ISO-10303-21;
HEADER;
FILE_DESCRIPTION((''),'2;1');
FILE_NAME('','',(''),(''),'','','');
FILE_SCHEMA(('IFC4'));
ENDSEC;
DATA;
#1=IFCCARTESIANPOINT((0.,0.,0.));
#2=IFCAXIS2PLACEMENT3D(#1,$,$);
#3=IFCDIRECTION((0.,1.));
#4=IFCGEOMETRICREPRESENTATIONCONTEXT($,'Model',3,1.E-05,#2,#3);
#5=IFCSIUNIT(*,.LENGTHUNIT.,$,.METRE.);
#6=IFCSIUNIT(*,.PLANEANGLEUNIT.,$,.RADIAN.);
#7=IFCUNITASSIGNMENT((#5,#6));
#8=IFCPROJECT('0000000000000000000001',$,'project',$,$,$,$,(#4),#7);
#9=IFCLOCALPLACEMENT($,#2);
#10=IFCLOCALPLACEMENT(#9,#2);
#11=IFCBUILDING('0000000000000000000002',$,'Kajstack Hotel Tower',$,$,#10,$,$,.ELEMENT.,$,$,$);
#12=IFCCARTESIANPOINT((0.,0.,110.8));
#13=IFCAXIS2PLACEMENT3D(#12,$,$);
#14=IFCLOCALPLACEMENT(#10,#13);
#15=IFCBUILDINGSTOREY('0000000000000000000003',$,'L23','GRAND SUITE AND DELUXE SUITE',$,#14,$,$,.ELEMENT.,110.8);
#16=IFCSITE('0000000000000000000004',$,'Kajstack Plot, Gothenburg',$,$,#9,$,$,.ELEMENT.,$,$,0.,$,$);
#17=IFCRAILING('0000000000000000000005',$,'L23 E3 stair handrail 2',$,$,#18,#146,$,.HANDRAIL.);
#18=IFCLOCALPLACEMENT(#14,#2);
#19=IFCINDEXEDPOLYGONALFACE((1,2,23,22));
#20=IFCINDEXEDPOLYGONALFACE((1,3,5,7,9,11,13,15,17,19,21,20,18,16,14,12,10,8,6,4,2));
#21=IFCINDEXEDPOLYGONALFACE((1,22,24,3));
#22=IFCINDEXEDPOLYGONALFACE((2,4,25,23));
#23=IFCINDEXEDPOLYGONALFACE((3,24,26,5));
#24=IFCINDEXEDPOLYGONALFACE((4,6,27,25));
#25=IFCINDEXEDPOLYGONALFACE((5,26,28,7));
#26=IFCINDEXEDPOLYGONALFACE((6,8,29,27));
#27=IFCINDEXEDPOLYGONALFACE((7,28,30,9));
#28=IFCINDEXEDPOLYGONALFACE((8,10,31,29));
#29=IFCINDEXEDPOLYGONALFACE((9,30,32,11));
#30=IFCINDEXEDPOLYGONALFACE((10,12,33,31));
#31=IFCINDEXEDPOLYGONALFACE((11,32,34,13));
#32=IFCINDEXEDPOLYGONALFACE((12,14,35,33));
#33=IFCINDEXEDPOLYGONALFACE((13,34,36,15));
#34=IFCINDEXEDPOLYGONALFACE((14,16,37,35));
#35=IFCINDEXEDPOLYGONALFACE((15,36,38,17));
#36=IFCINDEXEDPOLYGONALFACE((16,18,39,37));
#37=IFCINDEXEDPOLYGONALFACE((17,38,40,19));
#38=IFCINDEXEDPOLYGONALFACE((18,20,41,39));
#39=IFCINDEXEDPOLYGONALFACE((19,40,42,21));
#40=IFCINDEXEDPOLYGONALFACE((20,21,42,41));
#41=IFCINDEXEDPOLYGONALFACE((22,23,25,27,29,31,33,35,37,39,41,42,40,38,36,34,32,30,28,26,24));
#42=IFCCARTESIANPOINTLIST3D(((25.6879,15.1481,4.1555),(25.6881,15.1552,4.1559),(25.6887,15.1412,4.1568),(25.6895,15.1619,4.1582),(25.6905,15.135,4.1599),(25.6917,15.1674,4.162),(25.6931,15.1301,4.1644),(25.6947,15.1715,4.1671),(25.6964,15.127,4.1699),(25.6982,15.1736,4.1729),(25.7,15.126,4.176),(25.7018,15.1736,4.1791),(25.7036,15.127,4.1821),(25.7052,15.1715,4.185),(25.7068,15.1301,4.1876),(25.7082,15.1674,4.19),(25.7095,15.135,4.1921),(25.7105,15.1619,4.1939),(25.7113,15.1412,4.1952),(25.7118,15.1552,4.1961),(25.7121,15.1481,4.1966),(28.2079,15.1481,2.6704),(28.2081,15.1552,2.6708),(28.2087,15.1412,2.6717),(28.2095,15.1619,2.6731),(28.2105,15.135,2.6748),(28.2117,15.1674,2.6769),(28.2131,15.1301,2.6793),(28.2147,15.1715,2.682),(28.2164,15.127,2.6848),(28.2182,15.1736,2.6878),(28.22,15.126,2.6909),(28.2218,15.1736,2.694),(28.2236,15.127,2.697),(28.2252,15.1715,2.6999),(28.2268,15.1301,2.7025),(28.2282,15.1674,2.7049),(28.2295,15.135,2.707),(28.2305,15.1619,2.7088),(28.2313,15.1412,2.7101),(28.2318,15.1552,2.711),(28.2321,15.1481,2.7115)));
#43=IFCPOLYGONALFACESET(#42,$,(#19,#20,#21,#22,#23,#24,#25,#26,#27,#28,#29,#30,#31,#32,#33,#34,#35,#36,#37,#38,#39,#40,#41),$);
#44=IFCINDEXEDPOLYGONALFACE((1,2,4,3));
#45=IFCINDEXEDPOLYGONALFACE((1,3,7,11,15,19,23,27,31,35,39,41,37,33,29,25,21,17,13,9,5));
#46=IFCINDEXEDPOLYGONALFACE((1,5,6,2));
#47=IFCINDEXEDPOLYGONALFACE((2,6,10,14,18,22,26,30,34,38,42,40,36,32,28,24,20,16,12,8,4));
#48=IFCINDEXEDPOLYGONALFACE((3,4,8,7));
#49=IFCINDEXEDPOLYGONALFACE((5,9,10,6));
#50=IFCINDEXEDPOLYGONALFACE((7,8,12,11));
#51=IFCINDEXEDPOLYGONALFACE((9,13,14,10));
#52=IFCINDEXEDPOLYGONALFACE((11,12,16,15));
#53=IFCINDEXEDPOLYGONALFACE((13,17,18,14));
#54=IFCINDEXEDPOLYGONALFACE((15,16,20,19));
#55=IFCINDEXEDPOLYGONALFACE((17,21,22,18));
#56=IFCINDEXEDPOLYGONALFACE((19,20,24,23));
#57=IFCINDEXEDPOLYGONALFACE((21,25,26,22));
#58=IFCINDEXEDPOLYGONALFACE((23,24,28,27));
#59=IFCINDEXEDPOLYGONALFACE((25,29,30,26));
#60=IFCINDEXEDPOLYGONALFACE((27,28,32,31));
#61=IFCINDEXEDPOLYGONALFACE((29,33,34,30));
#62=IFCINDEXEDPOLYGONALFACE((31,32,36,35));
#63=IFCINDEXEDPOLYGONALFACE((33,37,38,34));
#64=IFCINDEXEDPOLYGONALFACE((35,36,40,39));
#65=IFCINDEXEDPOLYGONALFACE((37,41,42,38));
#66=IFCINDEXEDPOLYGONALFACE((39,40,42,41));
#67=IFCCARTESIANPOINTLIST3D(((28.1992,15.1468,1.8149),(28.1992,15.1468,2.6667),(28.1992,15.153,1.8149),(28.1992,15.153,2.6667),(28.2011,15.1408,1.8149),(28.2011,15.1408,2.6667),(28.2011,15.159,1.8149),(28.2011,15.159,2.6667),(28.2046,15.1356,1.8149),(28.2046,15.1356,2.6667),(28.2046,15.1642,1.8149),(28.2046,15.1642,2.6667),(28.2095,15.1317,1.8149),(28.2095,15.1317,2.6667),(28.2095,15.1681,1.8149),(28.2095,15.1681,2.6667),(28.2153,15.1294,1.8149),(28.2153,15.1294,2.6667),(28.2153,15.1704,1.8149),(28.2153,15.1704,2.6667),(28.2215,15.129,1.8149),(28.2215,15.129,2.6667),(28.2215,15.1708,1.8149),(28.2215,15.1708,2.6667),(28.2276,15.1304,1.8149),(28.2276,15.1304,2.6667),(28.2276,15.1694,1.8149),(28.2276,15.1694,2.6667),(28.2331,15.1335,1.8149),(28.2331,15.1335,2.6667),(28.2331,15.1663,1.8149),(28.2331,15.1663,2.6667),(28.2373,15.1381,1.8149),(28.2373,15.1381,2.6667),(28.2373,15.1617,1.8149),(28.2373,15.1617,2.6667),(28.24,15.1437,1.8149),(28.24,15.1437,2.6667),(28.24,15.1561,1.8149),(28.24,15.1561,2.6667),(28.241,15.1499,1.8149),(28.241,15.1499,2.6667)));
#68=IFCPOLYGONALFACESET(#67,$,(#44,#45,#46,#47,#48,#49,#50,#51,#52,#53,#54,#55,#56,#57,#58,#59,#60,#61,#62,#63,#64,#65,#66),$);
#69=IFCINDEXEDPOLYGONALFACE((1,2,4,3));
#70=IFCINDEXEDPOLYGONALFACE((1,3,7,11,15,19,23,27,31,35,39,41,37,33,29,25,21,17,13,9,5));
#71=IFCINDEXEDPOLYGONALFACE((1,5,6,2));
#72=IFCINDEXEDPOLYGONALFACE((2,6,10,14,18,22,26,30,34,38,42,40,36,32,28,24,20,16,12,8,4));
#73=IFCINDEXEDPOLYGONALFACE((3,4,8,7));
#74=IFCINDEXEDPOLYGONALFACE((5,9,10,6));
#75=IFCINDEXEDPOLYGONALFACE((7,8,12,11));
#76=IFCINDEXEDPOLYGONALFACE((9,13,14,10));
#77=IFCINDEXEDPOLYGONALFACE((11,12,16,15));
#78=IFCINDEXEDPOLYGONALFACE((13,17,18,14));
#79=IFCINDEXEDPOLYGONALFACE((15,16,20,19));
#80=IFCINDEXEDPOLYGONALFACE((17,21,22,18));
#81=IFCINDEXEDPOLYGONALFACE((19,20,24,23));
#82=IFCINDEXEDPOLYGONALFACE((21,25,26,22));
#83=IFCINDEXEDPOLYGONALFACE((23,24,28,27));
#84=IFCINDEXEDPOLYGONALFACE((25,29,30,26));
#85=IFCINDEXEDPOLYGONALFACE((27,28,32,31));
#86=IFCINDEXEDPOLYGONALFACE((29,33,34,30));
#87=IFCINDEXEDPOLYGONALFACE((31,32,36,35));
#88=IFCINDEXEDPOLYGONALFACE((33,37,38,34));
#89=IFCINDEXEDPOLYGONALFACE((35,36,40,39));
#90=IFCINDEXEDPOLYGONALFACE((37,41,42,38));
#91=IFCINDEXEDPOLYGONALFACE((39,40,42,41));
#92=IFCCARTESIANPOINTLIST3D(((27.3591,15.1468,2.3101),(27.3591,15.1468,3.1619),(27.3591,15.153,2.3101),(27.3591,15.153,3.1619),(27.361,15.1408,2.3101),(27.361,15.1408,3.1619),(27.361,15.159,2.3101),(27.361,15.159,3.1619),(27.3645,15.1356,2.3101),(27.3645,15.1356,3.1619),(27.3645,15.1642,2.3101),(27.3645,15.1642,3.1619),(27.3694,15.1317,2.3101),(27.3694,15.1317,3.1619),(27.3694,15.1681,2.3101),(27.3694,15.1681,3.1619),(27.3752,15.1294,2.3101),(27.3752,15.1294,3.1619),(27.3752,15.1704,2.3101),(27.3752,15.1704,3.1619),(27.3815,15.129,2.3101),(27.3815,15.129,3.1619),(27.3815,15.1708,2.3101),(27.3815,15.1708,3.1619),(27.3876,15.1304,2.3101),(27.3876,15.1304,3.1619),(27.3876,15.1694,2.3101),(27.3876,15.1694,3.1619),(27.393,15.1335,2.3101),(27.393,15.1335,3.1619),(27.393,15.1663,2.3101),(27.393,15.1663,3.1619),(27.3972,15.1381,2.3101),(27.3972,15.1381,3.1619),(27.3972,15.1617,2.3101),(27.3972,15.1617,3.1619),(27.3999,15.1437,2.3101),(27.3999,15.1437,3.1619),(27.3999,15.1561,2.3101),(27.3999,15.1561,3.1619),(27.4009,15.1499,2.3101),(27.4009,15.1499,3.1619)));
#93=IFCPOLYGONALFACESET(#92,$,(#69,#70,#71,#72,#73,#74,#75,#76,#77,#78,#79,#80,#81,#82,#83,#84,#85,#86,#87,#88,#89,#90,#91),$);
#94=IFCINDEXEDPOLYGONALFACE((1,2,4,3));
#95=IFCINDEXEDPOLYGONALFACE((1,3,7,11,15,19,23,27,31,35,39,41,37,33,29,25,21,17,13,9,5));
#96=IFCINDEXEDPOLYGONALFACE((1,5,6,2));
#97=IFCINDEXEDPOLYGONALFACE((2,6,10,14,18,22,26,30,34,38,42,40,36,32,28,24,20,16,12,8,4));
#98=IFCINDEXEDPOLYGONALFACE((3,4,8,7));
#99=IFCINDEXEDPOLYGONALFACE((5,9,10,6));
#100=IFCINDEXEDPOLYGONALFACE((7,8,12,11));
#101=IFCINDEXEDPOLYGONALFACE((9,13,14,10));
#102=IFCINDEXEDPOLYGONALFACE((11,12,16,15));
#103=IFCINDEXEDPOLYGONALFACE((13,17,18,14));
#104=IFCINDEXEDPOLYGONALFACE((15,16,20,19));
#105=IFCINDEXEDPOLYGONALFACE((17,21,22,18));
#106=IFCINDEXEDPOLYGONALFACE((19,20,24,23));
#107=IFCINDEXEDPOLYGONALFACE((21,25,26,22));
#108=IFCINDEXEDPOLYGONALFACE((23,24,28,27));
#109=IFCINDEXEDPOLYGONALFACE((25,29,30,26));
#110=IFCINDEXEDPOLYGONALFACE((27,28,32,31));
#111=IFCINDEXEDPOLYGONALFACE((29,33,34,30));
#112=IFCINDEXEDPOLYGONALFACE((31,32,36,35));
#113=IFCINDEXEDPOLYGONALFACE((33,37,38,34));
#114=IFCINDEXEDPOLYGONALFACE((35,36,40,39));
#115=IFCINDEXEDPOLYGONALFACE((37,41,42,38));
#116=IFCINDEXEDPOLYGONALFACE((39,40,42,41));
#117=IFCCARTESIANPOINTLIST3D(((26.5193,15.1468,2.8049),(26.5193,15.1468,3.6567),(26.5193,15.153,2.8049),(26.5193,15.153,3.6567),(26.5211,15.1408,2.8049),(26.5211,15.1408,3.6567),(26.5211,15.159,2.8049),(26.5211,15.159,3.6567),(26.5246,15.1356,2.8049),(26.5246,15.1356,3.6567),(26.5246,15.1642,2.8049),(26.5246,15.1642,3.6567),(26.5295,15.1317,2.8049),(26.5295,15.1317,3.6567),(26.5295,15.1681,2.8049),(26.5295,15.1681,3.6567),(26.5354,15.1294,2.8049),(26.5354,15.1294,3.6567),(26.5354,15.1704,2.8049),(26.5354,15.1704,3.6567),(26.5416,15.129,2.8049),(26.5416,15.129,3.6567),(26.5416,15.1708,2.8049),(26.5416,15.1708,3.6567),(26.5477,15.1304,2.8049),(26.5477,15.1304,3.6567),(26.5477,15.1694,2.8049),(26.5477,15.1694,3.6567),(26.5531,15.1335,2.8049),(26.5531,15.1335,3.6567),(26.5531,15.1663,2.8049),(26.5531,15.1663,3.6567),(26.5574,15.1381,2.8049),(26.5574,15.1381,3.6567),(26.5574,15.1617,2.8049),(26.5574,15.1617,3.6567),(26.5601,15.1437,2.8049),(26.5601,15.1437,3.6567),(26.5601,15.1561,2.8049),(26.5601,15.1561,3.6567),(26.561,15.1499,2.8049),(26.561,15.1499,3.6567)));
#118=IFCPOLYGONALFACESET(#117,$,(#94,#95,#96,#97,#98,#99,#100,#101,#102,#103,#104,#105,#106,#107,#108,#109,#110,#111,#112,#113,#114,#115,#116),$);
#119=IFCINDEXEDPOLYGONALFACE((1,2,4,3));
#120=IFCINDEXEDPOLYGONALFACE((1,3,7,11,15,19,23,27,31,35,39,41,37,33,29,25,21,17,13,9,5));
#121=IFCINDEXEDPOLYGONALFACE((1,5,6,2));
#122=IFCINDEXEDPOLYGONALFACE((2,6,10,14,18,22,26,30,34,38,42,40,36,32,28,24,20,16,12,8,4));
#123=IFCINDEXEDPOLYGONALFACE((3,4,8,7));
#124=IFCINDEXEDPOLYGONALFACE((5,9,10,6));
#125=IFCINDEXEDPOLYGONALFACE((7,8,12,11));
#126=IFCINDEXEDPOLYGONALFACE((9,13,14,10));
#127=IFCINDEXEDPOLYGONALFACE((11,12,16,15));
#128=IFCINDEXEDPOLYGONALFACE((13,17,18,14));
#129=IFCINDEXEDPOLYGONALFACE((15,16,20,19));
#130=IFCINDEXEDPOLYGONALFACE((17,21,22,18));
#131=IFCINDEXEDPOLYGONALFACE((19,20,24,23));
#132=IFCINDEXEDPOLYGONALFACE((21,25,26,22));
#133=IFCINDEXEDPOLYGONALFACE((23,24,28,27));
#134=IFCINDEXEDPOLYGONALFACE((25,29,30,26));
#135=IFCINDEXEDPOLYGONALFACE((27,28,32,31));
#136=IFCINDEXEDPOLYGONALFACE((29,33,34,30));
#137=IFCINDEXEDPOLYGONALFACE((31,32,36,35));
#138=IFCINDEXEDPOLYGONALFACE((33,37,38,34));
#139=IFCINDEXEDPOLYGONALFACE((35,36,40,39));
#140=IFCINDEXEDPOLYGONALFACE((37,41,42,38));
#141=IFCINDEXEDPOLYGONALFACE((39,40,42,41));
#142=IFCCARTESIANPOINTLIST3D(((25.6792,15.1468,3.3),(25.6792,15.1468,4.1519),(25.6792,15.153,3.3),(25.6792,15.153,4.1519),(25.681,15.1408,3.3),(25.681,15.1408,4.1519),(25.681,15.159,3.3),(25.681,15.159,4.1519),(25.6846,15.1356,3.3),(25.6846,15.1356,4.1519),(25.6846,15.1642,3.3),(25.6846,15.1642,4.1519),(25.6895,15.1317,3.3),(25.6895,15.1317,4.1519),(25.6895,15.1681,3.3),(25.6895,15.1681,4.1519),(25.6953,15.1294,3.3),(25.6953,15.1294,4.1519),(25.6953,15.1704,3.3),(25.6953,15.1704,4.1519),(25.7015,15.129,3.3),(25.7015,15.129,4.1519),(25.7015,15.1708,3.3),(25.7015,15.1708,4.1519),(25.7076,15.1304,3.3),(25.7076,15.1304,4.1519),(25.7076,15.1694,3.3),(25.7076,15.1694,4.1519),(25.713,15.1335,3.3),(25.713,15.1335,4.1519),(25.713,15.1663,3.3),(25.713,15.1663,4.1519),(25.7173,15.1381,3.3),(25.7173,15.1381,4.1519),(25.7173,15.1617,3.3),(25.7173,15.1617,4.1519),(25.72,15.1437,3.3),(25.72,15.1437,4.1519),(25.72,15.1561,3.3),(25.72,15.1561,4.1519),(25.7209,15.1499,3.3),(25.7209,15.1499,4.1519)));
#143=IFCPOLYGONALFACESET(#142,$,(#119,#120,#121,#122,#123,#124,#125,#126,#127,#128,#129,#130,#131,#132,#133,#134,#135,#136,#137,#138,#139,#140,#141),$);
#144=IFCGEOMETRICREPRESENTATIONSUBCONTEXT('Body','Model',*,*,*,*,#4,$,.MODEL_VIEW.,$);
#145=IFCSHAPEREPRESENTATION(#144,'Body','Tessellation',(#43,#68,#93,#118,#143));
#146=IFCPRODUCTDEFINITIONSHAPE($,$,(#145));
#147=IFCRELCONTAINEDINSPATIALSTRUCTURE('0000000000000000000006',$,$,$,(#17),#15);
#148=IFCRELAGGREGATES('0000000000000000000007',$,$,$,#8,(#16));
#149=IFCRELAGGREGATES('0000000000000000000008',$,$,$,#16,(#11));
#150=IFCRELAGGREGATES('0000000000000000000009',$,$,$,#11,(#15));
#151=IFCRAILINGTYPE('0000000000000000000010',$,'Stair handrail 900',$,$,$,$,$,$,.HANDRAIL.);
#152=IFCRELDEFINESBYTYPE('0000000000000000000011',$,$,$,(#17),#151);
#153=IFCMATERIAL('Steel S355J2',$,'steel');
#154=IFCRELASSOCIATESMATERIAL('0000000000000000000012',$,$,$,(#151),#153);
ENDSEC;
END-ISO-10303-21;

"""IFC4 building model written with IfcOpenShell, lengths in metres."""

from ifc_helpers import new_model, si_unit, direction, frame, origin, origin_2d, place, context, subcontext, project, spatial, circle, extrude, material, type_object, element, save


model = new_model("IFC4")

# Units and contexts
model_context = context("Model", 3, precision=1e-05, world=origin(), true_north=direction((0.0, 1.0)))
body_context = subcontext(model_context, "Body", "Model", "MODEL_VIEW")
ifc_project = project(units=[si_unit("LENGTHUNIT", "METRE"), si_unit("PLANEANGLEUNIT", "RADIAN")], contexts=[model_context])

# Site, building, storey
site_placement = place(None, origin())
site = spatial("IfcSite", under=ifc_project, at=site_placement, Name="Kajstack Plot, Gothenburg", CompositionType="ELEMENT", RefElevation=0.0)
building_placement = place(site_placement, origin())
building = spatial("IfcBuilding", under=site, at=building_placement, Name="Kajstack Hotel Tower", CompositionType="ELEMENT")
storey_placement = place(building_placement, frame((0.0, 0.0, 110.8)))
storey = spatial("IfcBuildingStorey", under=building, at=storey_placement, Name="L23", Description="GRAND SUITE AND DELUXE SUITE", CompositionType="ELEMENT", Elevation=110.8)

# Railing
ifc_material_1 = material(Name="Steel S355J2", Category="steel")
railing_type_1 = type_object("IfcRailingType", Name="Stair handrail 900", PredefinedType="HANDRAIL", material=ifc_material_1)
railing_1_placement = place(storey_placement, frame((28.22, 15.1499, 1.8149)))
element("IfcRailing", 1, at=railing_1_placement, inside=storey, type_object=railing_type_1, Name="L23 E3 stair handrail 2", PredefinedType="HANDRAIL", context=body_context, shape_type="SweptSolid", body=[
    extrude(circle(Radius=0.0239, at=origin_2d()), frame((0.0, 0.0, 0.876), z_axis=(-0.861524, 0.0, 0.507717), x_axis=(0.0, -1.0, 0.0)), (0.0, 0.0, 1.0), 2.925),
    extrude(circle(Radius=0.021, at=origin_2d()), origin(), (0.0, 0.0, 1.0), 0.8518),
    extrude(circle(Radius=0.021, at=origin_2d()), frame((-0.8401, 0.0, 0.4951)), (0.0, 0.0, 1.0), 0.8518),
    extrude(circle(Radius=0.021, at=origin_2d()), frame((-1.6799, 0.0, 0.99)), (0.0, 0.0, 1.0), 0.8518),
    extrude(circle(Radius=0.021, at=origin_2d()), frame((-2.52, 0.0, 1.4851)), (0.0, 0.0, 1.0), 0.8518),
])

save(model, "model.ifc")
